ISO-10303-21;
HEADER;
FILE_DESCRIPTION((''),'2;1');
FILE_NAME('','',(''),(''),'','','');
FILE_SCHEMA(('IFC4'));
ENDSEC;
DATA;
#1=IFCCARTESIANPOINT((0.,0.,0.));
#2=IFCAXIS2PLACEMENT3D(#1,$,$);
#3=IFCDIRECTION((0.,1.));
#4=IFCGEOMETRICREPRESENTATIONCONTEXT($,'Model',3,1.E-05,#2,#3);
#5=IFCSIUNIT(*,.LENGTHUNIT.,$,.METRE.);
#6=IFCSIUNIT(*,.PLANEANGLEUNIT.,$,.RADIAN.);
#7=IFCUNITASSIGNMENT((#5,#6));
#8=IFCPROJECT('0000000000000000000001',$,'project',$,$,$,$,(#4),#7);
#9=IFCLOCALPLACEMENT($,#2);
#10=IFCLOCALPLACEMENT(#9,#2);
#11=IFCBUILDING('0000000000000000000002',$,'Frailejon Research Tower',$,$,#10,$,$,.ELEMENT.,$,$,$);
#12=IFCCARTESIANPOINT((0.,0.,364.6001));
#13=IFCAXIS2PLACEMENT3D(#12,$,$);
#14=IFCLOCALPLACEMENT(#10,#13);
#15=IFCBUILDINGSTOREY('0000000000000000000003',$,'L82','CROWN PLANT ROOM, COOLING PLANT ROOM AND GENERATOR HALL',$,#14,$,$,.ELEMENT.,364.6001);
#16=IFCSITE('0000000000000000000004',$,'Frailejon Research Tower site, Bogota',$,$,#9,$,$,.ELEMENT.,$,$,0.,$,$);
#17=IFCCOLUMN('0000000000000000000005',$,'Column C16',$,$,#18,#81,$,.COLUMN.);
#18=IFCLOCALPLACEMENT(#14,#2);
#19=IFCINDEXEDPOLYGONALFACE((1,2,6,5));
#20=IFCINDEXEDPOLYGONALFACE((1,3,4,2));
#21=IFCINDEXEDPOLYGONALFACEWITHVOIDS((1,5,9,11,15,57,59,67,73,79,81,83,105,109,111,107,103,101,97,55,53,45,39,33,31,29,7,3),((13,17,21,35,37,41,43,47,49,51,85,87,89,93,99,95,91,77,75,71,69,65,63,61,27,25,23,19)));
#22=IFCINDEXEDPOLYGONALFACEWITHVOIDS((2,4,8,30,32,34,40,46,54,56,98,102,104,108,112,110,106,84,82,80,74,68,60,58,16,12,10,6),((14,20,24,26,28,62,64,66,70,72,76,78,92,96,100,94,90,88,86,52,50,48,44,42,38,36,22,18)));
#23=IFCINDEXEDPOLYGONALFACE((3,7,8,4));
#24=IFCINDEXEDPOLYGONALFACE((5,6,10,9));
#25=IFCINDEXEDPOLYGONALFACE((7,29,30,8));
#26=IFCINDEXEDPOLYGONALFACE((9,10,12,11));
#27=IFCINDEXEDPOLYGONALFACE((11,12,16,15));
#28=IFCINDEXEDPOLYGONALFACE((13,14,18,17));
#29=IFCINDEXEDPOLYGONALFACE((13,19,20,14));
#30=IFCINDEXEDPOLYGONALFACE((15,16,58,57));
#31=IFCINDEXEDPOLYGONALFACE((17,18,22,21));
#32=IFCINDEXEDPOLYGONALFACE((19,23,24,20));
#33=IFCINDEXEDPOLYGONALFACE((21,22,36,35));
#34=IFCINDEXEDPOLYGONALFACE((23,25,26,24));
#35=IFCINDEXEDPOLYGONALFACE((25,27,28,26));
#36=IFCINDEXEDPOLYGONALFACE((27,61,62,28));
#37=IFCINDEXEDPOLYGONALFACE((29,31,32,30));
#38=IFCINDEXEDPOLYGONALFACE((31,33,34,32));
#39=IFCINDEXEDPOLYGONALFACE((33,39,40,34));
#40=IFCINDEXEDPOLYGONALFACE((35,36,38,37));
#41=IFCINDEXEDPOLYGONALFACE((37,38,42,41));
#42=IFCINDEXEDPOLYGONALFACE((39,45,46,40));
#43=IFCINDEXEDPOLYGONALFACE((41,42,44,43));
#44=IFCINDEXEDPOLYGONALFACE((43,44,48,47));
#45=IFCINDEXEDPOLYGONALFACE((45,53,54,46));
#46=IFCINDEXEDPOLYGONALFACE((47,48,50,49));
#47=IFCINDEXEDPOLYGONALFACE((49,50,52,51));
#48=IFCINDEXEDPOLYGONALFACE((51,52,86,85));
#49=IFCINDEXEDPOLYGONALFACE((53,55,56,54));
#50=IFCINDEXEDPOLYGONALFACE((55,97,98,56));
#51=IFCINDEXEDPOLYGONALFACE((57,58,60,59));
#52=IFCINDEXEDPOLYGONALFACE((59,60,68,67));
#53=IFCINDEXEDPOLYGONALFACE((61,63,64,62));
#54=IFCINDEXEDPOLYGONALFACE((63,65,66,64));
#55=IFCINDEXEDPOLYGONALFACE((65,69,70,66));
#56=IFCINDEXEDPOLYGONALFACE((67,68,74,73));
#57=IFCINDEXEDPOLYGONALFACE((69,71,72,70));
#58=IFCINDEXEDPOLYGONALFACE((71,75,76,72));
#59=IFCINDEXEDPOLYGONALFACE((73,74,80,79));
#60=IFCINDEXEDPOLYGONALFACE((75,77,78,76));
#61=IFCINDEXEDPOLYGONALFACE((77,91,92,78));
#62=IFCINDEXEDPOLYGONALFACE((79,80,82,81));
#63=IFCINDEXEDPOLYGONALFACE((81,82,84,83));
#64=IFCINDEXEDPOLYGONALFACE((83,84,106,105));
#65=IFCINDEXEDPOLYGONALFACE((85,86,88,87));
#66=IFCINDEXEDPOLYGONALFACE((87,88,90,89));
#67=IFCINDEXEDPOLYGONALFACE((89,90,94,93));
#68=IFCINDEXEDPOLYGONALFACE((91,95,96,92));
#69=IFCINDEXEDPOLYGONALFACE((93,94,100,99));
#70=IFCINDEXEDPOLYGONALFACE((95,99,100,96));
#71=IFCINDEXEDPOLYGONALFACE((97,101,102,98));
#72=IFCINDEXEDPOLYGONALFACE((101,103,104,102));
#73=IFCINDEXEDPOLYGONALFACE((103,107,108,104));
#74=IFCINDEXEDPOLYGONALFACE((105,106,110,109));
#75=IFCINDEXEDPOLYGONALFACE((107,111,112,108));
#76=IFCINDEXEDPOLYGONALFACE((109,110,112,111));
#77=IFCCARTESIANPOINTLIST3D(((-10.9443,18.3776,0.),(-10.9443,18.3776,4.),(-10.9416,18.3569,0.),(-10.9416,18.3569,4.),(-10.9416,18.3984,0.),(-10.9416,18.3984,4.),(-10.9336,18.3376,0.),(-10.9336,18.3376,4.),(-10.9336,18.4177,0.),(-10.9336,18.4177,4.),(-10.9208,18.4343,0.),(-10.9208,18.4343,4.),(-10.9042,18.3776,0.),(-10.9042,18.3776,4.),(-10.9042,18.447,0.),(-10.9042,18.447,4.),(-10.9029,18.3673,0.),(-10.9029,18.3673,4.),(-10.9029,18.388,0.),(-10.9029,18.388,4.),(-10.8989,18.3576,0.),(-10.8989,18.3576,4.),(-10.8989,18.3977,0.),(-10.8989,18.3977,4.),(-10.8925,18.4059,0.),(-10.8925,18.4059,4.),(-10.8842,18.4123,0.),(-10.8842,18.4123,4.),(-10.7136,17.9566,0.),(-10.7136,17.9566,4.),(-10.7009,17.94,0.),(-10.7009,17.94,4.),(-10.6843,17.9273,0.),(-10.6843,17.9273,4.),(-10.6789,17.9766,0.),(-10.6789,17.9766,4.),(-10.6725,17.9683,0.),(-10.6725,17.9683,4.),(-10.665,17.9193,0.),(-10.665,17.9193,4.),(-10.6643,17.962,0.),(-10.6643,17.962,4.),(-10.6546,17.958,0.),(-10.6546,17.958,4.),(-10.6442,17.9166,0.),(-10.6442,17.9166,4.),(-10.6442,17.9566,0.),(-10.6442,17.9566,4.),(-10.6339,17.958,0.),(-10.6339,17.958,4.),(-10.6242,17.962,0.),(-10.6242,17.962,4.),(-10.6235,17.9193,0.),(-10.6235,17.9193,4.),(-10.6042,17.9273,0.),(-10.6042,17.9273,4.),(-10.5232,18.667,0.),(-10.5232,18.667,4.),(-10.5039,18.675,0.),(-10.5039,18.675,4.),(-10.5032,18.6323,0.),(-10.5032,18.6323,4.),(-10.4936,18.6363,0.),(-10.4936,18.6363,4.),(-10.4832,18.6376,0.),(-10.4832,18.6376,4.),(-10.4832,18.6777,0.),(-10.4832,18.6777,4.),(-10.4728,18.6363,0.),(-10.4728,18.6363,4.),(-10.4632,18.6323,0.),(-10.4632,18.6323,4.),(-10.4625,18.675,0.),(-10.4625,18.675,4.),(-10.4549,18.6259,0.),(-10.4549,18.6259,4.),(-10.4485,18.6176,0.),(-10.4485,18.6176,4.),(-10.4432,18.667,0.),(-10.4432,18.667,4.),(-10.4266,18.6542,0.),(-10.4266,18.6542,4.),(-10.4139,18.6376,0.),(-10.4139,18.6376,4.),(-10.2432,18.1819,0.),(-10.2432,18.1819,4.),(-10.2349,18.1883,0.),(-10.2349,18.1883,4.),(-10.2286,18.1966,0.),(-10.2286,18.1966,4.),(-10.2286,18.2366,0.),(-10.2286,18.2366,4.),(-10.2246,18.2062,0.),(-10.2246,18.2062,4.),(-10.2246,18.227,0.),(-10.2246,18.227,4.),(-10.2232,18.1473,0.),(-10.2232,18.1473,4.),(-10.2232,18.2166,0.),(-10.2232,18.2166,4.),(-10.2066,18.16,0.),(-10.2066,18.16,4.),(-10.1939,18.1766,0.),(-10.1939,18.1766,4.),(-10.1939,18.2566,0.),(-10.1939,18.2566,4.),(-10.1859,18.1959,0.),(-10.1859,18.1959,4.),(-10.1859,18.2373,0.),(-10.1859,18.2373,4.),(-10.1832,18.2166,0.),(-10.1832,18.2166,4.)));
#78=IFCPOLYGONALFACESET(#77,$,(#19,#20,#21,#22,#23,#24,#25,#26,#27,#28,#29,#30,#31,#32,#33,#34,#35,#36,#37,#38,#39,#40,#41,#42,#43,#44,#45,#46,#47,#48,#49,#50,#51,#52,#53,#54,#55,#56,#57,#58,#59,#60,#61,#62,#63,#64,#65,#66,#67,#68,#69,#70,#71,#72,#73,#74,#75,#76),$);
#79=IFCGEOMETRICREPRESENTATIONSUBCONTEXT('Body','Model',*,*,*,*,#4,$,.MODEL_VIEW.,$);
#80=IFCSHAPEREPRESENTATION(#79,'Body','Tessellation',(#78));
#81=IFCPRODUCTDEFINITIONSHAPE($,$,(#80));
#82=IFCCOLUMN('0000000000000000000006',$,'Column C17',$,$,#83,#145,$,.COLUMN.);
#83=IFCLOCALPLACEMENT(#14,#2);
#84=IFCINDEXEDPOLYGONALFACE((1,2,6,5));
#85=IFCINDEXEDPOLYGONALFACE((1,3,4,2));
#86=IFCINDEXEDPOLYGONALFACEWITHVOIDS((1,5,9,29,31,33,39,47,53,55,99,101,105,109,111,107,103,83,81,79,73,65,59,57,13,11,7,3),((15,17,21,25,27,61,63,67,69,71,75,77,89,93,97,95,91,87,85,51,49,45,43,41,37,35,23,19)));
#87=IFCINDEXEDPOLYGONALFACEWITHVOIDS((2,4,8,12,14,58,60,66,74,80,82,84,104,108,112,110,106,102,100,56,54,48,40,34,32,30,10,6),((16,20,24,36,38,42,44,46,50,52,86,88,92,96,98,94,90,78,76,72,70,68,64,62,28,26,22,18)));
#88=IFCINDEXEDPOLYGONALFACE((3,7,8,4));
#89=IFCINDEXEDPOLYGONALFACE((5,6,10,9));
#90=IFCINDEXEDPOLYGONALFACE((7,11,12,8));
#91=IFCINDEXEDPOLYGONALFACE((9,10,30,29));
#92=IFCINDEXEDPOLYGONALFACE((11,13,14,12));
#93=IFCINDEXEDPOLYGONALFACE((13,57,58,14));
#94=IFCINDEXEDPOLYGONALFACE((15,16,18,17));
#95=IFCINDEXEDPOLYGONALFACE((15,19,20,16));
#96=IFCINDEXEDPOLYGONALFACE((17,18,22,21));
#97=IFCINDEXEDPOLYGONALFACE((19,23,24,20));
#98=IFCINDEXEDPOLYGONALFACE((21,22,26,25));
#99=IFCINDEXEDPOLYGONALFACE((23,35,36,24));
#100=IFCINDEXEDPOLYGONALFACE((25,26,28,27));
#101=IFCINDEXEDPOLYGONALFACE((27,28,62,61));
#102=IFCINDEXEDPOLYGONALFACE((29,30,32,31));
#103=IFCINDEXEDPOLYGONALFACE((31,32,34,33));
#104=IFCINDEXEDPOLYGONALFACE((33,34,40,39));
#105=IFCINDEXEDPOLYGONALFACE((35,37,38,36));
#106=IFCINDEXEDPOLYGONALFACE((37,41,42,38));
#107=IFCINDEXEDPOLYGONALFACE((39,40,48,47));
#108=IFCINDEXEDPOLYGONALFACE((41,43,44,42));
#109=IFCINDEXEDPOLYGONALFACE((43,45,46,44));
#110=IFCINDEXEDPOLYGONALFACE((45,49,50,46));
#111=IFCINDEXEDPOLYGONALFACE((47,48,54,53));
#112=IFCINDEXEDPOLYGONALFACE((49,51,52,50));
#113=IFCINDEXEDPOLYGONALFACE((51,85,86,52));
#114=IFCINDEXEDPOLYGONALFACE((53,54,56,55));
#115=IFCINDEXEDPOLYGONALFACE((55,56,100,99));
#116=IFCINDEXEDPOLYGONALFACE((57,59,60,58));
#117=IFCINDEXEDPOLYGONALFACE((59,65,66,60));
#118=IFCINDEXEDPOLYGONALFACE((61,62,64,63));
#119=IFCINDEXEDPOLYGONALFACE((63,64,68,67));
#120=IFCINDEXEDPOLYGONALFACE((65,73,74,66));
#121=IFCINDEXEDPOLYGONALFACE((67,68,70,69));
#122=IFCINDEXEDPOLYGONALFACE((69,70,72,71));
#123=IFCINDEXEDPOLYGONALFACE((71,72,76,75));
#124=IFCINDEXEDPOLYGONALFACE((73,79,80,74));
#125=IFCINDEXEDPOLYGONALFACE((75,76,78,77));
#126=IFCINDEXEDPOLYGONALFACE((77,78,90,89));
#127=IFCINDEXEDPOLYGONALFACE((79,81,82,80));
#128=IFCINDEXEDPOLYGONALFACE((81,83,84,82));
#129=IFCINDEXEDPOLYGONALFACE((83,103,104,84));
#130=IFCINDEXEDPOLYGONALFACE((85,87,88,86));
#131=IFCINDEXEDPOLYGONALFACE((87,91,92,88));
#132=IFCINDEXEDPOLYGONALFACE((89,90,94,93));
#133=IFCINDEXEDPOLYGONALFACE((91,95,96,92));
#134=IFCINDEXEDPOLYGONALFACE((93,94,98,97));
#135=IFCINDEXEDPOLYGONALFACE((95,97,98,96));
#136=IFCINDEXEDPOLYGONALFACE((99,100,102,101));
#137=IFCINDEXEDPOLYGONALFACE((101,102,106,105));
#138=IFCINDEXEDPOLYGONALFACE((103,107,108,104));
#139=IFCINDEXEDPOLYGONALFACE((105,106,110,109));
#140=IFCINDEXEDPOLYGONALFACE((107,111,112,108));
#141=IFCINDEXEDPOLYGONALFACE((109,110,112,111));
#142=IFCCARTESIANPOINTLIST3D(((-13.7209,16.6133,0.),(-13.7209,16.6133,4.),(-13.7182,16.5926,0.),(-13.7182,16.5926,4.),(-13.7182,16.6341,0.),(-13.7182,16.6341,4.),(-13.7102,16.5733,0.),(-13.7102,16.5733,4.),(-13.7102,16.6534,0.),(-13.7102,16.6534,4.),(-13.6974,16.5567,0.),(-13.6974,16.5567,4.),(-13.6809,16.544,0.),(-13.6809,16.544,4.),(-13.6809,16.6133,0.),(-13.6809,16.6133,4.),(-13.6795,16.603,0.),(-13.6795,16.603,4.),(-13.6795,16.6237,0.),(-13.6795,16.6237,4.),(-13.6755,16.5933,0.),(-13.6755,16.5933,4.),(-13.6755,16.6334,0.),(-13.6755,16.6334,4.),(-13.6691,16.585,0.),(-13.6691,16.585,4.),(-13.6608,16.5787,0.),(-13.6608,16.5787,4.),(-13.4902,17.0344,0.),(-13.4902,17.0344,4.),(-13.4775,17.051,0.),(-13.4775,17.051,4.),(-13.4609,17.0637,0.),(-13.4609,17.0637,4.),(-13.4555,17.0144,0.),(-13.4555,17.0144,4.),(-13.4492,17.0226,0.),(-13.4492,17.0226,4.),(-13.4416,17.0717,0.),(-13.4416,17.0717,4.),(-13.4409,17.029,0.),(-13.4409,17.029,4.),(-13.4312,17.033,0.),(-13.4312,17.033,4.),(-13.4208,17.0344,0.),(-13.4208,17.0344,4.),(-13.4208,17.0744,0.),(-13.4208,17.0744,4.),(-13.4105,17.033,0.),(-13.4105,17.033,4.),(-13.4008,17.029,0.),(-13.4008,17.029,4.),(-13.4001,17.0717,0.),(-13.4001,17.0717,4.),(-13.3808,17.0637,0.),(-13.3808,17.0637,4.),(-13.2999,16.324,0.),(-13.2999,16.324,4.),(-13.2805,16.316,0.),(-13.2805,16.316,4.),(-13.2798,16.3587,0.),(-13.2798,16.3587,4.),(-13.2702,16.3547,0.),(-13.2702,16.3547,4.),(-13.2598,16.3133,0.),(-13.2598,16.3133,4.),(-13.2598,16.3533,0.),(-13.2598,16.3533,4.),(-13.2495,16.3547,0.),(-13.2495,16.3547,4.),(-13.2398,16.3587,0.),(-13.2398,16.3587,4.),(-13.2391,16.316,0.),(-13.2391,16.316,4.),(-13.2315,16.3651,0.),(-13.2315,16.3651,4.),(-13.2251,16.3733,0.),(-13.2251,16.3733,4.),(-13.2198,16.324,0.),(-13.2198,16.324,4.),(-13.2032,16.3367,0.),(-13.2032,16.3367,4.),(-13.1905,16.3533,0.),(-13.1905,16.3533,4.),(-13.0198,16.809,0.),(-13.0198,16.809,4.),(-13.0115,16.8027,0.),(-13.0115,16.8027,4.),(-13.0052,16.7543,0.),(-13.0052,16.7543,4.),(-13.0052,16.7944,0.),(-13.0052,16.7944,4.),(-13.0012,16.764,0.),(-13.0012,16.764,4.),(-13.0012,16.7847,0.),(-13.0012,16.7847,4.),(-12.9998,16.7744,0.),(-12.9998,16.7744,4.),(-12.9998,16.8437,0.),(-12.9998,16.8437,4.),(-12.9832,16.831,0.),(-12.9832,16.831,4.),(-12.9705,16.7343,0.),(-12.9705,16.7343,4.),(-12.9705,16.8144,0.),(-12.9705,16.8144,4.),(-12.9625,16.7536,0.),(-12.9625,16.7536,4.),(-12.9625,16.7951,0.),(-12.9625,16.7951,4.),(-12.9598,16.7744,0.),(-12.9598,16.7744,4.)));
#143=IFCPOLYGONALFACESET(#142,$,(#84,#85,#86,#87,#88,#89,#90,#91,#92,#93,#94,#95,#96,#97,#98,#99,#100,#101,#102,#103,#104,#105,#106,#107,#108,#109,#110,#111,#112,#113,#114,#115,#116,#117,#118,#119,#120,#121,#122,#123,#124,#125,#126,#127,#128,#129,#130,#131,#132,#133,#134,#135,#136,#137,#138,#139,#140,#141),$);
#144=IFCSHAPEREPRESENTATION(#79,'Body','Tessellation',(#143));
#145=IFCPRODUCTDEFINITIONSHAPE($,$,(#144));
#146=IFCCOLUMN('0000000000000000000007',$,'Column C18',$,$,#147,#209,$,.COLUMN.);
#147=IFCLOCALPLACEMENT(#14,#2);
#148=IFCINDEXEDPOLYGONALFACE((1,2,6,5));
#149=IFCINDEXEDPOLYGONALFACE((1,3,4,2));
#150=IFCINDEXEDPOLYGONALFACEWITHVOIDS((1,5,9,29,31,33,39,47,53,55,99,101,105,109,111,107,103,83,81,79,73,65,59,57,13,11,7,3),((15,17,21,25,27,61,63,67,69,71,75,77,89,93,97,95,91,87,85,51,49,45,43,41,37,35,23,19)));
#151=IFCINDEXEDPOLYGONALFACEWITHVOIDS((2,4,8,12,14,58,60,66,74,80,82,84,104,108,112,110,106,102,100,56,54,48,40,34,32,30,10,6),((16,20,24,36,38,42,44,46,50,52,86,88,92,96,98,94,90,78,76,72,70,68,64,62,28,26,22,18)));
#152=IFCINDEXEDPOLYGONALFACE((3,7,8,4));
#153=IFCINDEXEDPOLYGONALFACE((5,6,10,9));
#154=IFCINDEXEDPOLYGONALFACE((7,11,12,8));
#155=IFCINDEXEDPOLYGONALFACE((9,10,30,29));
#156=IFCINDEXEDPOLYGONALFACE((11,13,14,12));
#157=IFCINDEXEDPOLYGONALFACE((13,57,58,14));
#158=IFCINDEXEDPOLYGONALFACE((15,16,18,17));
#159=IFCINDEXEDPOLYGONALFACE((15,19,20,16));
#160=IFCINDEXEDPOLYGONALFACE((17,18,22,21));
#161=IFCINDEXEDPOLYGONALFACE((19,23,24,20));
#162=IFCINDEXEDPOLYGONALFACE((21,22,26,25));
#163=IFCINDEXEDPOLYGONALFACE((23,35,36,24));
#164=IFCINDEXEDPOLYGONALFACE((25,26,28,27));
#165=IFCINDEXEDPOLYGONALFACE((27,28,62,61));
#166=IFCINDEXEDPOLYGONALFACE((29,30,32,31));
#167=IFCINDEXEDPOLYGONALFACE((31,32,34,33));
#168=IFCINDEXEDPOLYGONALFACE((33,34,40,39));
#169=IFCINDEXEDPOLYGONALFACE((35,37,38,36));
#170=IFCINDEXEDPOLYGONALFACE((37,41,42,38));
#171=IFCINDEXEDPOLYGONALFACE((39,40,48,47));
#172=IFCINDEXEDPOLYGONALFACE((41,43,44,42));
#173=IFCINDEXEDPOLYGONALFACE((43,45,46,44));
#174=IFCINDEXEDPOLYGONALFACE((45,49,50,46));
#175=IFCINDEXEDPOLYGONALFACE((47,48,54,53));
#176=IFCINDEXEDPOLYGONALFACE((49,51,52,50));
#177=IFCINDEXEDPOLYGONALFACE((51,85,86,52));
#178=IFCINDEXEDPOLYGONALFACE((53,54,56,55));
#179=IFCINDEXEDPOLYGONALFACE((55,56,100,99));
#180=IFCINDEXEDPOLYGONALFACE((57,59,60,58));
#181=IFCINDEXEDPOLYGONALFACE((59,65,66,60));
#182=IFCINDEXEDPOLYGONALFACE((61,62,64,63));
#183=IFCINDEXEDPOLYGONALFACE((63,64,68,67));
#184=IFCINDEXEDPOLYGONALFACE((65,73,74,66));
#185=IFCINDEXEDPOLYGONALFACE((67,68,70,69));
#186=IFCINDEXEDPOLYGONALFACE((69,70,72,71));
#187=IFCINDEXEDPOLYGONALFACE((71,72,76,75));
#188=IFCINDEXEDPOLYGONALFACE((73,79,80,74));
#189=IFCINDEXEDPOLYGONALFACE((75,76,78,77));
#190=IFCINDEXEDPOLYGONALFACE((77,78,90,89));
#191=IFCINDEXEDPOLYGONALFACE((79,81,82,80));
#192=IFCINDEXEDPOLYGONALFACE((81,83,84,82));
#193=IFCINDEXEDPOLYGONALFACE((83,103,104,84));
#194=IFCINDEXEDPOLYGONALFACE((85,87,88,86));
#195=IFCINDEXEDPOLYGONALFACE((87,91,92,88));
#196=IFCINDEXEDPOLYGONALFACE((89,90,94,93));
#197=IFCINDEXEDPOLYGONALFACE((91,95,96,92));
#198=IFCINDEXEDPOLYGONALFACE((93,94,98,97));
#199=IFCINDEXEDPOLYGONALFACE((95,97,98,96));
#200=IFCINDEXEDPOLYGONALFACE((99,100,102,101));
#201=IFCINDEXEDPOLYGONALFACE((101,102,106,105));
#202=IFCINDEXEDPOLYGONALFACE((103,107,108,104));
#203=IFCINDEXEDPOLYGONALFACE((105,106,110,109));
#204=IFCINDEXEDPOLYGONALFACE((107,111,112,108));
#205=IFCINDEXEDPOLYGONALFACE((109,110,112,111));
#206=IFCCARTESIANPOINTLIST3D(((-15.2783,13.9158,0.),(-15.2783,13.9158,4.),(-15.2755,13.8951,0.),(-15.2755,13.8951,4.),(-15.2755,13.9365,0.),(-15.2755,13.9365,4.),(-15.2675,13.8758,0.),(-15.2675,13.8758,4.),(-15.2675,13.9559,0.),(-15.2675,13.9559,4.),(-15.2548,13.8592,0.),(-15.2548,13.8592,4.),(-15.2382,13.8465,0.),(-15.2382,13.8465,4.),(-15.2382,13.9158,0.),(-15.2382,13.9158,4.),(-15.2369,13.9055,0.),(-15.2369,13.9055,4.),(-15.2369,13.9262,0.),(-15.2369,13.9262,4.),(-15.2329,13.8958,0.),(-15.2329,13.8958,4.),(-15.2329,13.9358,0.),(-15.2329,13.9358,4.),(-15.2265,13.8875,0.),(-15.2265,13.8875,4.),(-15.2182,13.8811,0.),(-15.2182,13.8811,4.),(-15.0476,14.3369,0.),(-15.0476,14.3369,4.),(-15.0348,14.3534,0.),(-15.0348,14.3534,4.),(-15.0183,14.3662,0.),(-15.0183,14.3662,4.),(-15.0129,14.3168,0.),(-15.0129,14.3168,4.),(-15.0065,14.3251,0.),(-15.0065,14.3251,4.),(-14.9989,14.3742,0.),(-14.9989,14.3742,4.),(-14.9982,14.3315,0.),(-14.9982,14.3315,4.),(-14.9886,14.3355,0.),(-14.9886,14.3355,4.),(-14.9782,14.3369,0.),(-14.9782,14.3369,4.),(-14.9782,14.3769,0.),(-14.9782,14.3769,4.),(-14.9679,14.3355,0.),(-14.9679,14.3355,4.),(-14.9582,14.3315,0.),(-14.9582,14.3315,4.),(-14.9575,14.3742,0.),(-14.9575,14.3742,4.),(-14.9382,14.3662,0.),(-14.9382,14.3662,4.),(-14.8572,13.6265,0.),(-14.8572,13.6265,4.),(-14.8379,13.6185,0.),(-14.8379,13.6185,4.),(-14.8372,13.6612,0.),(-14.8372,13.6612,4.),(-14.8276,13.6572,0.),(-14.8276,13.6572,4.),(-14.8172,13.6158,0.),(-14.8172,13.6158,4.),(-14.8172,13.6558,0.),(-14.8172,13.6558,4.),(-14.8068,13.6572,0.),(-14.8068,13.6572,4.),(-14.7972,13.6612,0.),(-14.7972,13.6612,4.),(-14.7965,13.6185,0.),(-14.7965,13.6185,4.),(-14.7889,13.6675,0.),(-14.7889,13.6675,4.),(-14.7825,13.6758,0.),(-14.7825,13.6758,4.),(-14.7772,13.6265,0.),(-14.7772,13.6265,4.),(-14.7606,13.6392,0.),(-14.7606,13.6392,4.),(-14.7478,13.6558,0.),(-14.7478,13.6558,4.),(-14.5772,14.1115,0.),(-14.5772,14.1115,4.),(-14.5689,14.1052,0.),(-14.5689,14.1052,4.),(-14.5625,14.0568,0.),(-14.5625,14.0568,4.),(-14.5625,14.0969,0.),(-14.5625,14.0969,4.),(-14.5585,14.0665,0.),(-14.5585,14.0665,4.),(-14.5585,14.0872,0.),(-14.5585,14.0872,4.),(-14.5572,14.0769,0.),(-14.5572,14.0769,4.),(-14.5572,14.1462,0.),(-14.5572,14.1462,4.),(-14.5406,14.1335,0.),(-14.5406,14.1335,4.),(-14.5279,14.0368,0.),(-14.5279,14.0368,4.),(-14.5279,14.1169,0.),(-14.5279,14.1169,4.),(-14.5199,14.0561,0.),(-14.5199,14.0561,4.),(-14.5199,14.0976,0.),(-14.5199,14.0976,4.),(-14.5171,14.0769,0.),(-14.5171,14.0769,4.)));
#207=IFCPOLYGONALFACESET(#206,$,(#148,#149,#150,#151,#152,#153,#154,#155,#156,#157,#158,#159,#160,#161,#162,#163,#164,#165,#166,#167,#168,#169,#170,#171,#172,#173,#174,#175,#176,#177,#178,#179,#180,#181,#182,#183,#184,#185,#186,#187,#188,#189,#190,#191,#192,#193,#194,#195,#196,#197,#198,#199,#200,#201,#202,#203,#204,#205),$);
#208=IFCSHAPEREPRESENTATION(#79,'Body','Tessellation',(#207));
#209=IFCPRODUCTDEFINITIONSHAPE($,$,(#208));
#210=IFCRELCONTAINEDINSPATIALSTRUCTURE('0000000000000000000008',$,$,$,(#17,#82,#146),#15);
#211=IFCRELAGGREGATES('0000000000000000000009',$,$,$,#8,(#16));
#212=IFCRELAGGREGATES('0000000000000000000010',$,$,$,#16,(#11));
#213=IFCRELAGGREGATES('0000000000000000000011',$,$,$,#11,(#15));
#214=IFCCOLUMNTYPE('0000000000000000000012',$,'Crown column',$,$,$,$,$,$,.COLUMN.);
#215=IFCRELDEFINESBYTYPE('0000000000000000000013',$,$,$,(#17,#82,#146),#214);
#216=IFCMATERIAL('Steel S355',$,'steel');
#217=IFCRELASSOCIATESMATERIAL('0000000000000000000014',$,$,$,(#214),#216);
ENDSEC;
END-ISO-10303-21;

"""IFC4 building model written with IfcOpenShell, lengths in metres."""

from ifc_helpers import new_model, si_unit, direction, frame, origin, origin_2d, place, context, subcontext, project, spatial, hollow_rectangle, extrude, material, material_profile, profile_set, type_object, element, save


model = new_model("IFC4")

# Units and contexts
model_context = context("Model", 3, precision=1e-05, world=origin(), true_north=direction((0.0, 1.0)))
body_context = subcontext(model_context, "Body", "Model", "MODEL_VIEW")
ifc_project = project(units=[si_unit("LENGTHUNIT", "METRE"), si_unit("PLANEANGLEUNIT", "RADIAN")], contexts=[model_context])

# Site, building, storey
site_placement = place(None, origin())
site = spatial("IfcSite", under=ifc_project, at=site_placement, Name="Frailejon Research Tower site, Bogota", CompositionType="ELEMENT", RefElevation=0.0)
building_placement = place(site_placement, origin())
building = spatial("IfcBuilding", under=site, at=building_placement, Name="Frailejon Research Tower", CompositionType="ELEMENT")
storey_placement = place(building_placement, frame((0.0, 0.0, 364.6001)))
storey = spatial("IfcBuildingStorey", under=building, at=storey_placement, Name="L82", Description="CROWN PLANT ROOM, COOLING PLANT ROOM AND GENERATOR HALL", CompositionType="ELEMENT", Elevation=364.6001)

# Columns
ifc_material_1 = material(Name="Steel S355", Category="steel")
ifc_material_profile_1 = material_profile(ifc_material_1, hollow_rectangle(XDim=0.6001, YDim=0.6001, WallThickness=0.04, InnerFilletRadius=0.04, OuterFilletRadius=0.0801, at=origin_2d()), Name="Crown column")
ifc_profile_set_1 = profile_set([ifc_material_profile_1], Name="Steel S355")
column_type = type_object("IfcColumnType", Name="Crown column", PredefinedType="COLUMN", material=ifc_profile_set_1)
for number, where, z_axis, x_axis, name in (
    (1, (-10.5637, 18.2971, 0.0), (0.0, 0.0, 1.0), (-0.866025, -0.5, 0.0), "Column C16"),
    (2, (-13.3403, 16.6938, 0.0), (0.0, 0.0, 1.0), (-0.5, -0.866025, 0.0), "Column C17"),
    (3, (-14.8977, 13.9963, 0.0), (0.0, 0.0, 1.0), (-0.5, -0.866025, 0.0), "Column C18"),
):
    element("IfcColumn", number, at=place(storey_placement, frame(where, z_axis=z_axis, x_axis=x_axis)), inside=storey, type_object=column_type, Name=name, PredefinedType="COLUMN", context=body_context, shape_type="SweptSolid", body=[
        extrude(hollow_rectangle(XDim=0.6001, YDim=0.6001, WallThickness=0.04, InnerFilletRadius=0.04, OuterFilletRadius=0.0801, at=origin_2d()), origin(), (0.0, 0.0, 1.0), 4.0),
    ])

save(model, "model.ifc")
